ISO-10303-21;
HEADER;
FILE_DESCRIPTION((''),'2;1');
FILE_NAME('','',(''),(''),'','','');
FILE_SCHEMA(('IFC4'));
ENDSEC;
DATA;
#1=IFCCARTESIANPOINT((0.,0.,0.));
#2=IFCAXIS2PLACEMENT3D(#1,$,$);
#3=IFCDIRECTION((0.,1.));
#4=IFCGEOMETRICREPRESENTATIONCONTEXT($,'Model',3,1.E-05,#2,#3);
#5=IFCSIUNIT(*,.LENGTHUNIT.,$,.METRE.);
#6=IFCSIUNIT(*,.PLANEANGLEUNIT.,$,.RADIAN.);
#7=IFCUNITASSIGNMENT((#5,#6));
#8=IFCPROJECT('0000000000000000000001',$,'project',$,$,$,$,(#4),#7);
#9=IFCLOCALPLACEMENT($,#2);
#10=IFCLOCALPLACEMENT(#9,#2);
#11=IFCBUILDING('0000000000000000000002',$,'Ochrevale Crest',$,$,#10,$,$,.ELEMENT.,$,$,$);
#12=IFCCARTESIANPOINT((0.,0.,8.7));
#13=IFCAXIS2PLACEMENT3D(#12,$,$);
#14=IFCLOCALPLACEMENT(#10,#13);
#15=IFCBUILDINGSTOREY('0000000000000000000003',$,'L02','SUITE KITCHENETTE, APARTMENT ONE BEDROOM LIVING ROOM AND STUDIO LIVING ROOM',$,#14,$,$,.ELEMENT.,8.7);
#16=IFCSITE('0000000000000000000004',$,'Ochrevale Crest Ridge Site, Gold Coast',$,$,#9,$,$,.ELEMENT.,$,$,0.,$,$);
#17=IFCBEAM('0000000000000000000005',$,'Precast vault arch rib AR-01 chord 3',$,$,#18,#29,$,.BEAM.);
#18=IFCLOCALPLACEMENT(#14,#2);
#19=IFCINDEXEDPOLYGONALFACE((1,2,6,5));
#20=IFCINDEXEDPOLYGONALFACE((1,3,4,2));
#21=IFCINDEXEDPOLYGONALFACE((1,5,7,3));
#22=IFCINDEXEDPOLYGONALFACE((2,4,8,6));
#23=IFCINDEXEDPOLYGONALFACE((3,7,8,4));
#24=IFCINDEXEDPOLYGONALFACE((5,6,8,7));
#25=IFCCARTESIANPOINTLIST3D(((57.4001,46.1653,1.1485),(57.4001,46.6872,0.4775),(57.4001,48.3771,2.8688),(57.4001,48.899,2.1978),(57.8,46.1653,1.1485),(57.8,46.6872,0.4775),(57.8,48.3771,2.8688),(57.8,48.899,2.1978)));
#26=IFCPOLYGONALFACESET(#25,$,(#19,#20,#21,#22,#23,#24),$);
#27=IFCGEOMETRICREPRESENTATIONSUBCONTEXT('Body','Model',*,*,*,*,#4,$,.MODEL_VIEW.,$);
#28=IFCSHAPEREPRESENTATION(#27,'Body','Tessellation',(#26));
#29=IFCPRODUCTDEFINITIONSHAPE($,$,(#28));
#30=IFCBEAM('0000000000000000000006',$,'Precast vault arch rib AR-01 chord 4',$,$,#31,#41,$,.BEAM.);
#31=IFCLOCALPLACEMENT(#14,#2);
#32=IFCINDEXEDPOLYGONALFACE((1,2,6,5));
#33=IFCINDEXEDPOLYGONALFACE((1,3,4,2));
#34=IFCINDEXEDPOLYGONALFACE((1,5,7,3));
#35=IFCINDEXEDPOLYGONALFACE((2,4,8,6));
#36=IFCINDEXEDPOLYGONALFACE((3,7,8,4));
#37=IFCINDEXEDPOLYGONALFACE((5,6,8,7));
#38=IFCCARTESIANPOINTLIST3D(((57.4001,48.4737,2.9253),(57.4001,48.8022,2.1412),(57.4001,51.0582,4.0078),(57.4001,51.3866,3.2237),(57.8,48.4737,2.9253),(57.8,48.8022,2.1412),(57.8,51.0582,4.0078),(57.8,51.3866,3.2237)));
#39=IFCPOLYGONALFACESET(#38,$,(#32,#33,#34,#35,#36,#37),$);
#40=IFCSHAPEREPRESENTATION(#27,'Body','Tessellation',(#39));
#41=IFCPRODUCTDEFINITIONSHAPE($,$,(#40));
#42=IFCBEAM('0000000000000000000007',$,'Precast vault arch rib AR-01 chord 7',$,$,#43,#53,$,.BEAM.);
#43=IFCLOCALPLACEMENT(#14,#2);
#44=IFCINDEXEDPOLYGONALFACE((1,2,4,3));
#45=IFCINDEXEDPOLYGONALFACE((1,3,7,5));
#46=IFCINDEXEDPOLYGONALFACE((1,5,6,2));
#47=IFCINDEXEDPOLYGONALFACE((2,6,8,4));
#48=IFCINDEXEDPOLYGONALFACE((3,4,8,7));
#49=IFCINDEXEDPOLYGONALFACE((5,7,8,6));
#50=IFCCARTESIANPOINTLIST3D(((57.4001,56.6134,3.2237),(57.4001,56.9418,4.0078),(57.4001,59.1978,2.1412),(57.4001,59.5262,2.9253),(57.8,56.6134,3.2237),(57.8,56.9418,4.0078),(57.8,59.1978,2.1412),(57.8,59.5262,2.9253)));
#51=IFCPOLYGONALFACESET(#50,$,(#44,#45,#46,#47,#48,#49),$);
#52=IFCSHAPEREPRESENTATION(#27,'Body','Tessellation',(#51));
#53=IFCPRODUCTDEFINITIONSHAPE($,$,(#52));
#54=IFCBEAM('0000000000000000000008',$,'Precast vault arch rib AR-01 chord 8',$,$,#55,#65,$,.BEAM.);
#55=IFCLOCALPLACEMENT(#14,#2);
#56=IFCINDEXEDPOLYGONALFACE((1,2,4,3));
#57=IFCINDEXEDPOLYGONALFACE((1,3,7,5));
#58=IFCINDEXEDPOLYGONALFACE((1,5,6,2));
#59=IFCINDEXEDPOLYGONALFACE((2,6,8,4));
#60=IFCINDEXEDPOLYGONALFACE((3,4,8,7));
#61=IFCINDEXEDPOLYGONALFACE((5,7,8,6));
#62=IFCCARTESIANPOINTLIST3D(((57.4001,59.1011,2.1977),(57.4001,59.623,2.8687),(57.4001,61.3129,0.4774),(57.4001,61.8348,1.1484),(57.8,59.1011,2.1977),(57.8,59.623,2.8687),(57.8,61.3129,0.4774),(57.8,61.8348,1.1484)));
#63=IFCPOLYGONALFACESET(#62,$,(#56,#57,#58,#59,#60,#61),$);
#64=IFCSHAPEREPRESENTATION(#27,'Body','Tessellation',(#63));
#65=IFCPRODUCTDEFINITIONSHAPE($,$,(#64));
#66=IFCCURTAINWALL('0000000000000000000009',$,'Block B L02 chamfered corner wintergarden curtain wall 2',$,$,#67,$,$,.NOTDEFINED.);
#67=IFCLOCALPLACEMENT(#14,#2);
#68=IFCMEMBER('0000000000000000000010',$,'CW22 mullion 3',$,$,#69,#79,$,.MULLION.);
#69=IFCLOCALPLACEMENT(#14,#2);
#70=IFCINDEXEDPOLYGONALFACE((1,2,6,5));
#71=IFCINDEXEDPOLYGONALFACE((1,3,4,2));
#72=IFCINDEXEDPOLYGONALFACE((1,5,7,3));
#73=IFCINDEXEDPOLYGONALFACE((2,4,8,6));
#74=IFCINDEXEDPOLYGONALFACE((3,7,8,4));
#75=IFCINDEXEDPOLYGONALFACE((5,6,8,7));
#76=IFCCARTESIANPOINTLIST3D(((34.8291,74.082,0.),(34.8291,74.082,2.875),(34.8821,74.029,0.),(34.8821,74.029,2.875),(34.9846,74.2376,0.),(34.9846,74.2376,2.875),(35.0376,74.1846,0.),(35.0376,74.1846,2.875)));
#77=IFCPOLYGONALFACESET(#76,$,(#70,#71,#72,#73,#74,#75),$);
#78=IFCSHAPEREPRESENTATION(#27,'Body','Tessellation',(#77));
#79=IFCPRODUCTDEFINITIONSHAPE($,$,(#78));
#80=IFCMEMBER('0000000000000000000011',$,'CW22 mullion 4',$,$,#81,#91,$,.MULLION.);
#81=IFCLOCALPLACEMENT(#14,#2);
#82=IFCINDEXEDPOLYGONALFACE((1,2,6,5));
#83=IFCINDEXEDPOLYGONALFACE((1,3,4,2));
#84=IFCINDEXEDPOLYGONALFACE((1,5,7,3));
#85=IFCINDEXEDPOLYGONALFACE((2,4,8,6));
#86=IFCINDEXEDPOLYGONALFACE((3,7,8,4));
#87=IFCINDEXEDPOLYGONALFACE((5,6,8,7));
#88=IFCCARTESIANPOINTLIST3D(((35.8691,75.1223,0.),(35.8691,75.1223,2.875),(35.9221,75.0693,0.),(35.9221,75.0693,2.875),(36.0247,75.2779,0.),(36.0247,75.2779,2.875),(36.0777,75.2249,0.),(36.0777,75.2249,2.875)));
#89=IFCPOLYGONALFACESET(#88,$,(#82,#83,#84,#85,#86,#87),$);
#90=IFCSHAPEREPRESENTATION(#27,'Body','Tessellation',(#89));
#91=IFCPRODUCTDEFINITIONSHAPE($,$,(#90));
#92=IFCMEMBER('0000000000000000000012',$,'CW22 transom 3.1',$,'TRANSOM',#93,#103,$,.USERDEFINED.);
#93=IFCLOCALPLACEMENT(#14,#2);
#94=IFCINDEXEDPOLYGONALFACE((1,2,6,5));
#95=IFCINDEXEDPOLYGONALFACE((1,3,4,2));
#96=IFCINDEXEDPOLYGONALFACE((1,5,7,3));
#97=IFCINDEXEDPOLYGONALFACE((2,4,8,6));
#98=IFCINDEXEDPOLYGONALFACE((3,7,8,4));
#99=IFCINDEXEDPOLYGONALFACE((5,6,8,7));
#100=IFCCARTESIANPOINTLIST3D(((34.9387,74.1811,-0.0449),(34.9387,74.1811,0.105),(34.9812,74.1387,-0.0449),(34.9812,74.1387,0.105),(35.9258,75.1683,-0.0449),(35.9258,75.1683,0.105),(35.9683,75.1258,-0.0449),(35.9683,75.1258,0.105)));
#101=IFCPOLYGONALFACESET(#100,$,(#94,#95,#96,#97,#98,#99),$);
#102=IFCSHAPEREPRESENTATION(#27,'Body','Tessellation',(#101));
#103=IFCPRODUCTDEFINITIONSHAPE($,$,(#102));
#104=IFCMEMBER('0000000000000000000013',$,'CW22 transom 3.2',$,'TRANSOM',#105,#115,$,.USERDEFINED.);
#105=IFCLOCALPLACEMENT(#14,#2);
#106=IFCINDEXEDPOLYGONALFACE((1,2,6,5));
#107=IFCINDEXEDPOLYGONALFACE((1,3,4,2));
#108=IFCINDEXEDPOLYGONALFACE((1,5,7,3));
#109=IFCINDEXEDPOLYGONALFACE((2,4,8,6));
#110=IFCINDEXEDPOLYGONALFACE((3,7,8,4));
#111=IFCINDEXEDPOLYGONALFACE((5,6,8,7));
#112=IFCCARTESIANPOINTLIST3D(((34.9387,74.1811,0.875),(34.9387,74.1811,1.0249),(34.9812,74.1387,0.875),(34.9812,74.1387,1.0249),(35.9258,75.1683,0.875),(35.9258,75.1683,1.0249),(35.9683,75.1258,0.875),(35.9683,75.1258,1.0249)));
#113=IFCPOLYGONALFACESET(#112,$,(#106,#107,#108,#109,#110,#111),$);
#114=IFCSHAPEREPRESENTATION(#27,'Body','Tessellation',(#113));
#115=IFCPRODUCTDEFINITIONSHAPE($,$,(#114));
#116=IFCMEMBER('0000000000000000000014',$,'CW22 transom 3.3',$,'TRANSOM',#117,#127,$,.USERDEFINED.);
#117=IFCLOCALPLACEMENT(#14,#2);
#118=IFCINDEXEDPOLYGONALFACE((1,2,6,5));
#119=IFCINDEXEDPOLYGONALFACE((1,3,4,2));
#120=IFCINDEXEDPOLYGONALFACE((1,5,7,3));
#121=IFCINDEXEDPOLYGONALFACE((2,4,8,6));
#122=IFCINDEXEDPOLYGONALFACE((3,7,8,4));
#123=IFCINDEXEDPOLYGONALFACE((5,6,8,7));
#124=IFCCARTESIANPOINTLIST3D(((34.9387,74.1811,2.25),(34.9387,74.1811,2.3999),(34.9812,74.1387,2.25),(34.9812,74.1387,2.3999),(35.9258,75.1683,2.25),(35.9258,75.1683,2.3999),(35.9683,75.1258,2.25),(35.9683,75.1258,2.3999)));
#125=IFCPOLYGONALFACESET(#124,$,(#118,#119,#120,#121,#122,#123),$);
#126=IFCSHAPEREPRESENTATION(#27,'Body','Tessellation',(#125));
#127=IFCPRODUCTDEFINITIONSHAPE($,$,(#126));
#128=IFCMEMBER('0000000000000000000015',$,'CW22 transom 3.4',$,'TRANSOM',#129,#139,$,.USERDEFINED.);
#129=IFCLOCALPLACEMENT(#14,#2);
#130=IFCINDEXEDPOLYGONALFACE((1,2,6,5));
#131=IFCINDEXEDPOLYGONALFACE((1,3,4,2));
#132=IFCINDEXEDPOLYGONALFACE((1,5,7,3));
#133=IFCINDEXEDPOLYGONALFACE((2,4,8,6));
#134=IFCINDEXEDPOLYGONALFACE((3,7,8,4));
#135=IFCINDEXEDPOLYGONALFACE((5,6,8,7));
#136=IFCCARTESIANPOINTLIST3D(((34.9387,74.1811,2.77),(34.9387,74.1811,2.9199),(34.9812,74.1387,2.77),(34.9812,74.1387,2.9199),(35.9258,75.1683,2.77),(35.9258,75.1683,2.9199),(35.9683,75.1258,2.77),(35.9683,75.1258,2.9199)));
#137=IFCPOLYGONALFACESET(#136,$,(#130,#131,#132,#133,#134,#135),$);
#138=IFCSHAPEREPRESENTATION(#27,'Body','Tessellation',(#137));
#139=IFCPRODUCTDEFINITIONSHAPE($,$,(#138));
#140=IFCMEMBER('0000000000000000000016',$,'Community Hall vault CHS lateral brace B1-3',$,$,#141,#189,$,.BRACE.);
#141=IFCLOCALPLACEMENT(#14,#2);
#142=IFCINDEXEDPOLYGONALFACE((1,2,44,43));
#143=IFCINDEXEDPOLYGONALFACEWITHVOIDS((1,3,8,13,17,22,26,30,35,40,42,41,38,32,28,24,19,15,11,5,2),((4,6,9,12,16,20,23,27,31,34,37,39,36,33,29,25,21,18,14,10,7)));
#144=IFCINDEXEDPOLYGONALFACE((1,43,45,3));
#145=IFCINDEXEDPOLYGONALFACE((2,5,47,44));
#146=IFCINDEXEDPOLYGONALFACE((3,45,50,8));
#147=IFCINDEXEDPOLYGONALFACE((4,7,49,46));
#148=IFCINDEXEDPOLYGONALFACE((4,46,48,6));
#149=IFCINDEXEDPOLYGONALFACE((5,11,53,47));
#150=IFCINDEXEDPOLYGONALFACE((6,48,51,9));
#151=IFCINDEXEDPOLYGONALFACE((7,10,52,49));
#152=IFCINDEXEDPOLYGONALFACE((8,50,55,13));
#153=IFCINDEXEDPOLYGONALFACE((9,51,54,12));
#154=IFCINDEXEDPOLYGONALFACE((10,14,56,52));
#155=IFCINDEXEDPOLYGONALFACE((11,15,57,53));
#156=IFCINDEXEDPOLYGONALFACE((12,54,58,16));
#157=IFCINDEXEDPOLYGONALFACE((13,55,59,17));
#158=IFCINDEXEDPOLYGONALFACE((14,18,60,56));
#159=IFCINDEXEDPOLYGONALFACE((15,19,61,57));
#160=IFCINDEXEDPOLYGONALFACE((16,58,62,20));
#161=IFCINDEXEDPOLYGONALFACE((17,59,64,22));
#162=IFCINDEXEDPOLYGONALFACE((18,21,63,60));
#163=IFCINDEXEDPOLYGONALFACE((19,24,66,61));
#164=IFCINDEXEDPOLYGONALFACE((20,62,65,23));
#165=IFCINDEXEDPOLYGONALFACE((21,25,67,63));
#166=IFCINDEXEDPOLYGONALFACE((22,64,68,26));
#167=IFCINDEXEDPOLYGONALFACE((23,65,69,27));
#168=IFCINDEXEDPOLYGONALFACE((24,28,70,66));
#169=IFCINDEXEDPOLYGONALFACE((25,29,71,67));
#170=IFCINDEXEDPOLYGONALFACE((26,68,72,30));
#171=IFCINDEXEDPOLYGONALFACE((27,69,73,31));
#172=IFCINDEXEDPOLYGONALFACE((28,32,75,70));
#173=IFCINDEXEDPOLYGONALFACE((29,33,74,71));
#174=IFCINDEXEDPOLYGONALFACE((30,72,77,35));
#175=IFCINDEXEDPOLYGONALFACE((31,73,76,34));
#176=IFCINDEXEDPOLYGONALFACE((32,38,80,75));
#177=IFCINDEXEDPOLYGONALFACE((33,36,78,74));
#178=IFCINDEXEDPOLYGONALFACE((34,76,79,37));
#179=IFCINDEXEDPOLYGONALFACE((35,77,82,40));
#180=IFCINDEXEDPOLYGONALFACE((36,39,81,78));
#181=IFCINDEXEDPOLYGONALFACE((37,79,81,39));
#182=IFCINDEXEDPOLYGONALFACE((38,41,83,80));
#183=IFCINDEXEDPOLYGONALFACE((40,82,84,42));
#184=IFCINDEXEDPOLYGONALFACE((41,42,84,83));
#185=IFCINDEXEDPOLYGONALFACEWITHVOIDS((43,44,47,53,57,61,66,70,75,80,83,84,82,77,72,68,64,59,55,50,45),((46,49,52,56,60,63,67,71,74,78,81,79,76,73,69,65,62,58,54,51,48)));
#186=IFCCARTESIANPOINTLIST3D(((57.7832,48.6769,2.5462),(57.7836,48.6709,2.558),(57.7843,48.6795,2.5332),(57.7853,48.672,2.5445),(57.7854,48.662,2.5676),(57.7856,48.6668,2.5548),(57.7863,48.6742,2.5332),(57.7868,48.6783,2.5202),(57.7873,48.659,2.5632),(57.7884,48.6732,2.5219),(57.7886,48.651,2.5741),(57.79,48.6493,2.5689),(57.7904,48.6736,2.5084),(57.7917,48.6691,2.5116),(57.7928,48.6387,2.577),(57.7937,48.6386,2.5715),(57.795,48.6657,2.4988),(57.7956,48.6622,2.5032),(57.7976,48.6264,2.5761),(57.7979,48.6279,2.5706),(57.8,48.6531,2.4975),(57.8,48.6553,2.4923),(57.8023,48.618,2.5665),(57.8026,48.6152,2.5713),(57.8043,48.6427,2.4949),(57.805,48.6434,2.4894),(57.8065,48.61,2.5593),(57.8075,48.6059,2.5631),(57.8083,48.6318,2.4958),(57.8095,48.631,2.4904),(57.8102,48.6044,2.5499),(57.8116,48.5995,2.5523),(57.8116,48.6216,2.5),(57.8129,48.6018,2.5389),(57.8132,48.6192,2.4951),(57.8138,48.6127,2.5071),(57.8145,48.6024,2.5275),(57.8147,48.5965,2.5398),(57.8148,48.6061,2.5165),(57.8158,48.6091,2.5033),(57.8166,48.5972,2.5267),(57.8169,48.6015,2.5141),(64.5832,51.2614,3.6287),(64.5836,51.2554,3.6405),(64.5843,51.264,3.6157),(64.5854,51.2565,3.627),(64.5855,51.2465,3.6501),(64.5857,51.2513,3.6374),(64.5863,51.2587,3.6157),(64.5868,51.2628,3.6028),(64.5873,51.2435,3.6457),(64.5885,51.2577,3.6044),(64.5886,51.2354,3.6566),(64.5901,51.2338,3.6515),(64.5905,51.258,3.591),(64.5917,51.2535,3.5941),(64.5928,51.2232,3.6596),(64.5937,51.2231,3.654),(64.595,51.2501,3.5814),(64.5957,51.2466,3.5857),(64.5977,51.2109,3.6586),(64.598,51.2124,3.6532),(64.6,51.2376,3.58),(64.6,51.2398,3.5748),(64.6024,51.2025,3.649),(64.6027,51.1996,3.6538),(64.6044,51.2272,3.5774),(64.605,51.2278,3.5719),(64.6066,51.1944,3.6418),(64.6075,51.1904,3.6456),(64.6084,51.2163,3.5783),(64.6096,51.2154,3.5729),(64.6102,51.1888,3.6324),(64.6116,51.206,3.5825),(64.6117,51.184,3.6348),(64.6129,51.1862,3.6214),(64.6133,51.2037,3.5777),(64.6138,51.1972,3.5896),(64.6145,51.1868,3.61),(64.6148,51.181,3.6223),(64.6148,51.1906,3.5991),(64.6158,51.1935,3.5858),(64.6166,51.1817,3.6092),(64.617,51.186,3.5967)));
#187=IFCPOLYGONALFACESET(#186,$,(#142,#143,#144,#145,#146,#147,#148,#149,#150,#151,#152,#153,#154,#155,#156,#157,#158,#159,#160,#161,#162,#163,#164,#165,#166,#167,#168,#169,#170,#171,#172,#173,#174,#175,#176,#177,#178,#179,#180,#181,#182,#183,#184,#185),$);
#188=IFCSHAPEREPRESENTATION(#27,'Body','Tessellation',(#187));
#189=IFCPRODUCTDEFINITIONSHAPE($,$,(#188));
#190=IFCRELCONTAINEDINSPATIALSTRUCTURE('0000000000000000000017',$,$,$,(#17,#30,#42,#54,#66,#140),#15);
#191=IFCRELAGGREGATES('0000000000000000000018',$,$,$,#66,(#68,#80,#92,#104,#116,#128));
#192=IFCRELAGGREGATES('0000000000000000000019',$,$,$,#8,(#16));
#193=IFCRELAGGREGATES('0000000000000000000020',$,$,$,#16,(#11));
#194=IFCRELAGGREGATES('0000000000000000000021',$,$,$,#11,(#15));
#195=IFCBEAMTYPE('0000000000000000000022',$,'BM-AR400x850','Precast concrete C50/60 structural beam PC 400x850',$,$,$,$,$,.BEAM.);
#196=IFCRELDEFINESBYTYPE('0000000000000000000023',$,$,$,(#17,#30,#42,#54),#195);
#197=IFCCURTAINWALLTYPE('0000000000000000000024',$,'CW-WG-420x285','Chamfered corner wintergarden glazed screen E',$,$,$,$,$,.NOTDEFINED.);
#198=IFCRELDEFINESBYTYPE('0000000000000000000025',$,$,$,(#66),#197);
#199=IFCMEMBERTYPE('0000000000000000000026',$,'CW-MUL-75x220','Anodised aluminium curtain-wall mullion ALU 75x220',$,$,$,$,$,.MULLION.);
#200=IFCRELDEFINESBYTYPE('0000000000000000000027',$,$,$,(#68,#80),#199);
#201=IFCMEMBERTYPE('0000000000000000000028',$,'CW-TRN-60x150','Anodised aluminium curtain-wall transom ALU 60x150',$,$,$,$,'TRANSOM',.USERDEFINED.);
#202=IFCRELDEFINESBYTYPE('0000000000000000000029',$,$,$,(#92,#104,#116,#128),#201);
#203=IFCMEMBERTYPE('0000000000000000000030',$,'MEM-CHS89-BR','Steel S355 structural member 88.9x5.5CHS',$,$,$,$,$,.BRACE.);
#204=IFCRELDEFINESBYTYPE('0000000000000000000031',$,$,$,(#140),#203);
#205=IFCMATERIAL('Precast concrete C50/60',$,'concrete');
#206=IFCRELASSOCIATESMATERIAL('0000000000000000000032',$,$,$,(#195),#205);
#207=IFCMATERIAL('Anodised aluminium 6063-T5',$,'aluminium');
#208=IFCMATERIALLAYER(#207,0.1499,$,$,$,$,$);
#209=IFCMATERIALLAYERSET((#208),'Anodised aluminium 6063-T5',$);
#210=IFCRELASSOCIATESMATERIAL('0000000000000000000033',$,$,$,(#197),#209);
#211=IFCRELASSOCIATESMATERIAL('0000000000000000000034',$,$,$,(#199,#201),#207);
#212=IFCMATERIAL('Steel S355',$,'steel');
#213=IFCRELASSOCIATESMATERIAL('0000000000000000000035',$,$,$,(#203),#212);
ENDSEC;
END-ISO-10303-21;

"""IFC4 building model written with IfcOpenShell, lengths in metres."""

from ifc_helpers import new_model, si_unit, direction, frame, origin, origin_2d, place, context, subcontext, project, spatial, rectangle, hollow_circle, extrude, material, layer, layer_set, material_profile, profile_set, type_object, element, aggregate, save


model = new_model("IFC4")

# Units and contexts
model_context = context("Model", 3, precision=1e-05, world=origin(), true_north=direction((0.0, 1.0)))
body_context = subcontext(model_context, "Body", "Model", "MODEL_VIEW")
ifc_project = project(units=[si_unit("LENGTHUNIT", "METRE"), si_unit("PLANEANGLEUNIT", "RADIAN")], contexts=[model_context])

# Site, building, storey
site_placement = place(None, origin())
site = spatial("IfcSite", under=ifc_project, at=site_placement, Name="Ochrevale Crest Ridge Site, Gold Coast", CompositionType="ELEMENT", RefElevation=0.0)
building_placement = place(site_placement, origin())
building = spatial("IfcBuilding", under=site, at=building_placement, Name="Ochrevale Crest", CompositionType="ELEMENT")
storey_placement = place(building_placement, frame((0.0, 0.0, 8.7)))
storey = spatial("IfcBuildingStorey", under=building, at=storey_placement, Name="L02", Description="SUITE KITCHENETTE, APARTMENT ONE BEDROOM LIVING ROOM AND STUDIO LIVING ROOM", CompositionType="ELEMENT", Elevation=8.7)

# Beams
ifc_material_1 = material(Name="Precast concrete C50/60", Category="concrete")
ifc_material_profile_1 = material_profile(ifc_material_1, rectangle(XDim=0.3999, YDim=0.8501, at=origin_2d()), Name="PC 400x850")
ifc_profile_set_1 = profile_set([ifc_material_profile_1], Name="Precast concrete C50/60")
beam_type = type_object("IfcBeamType", Name="BM-AR400x850", Description="Precast concrete C50/60 structural beam PC 400x850", PredefinedType="BEAM", material=ifc_profile_set_1)
for number, where, z_axis, x_axis, name in (
    (1, (57.6001, 46.4263, 0.813), (0.0, 0.789348, 0.613947), (-1.0, 0.0, 0.0), "Precast vault arch rib AR-01 chord 3"),
    (2, (57.6001, 48.6379, 2.5332), (0.0, 0.922359, 0.386335), (-1.0, 0.0, 0.0), "Precast vault arch rib AR-01 chord 4"),
    (3, (57.6001, 56.7776, 3.6157), (0.0, 0.922359, -0.386335), (-1.0, 0.0, 0.0), "Precast vault arch rib AR-01 chord 7"),
    (4, (57.6001, 59.3621, 2.5332), (0.0, 0.789348, -0.613947), (-1.0, 0.0, 0.0), "Precast vault arch rib AR-01 chord 8"),
):
    element("IfcBeam", number, at=place(storey_placement, frame(where, z_axis=z_axis, x_axis=x_axis)), inside=storey, type_object=beam_type, Name=name, PredefinedType="BEAM", context=body_context, shape_type="SweptSolid", body=[
        extrude(rectangle(XDim=0.3999, YDim=0.8501, at=origin_2d()), origin(), (0.0, 0.0, 1.0), 2.802),
    ])

# Curtain wall, members
ifc_material_2 = material(Name="Anodised aluminium 6063-T5", Category="aluminium")
ifc_layer_1 = layer(ifc_material_2, 0.1499)
ifc_layer_set_1 = layer_set([ifc_layer_1], Name="Anodised aluminium 6063-T5")
curtain_wall_type = type_object("IfcCurtainWallType", Name="CW-WG-420x285", Description="Chamfered corner wintergarden glazed screen E", PredefinedType="NOTDEFINED", material=ifc_layer_set_1)
curtain_wall_placement = place(storey_placement, origin())
curtain_wall = element("IfcCurtainWall", 5, at=curtain_wall_placement, inside=storey, type_object=curtain_wall_type, Name="Block B L02 chamfered corner wintergarden curtain wall 2", PredefinedType="NOTDEFINED")
ifc_material_profile_2 = material_profile(ifc_material_2, rectangle(XDim=0.075, YDim=0.22, at=origin_2d()), Name="ALU 75x220")
ifc_profile_set_2 = profile_set([ifc_material_profile_2], Name="Anodised aluminium 6063-T5")
member_type_1 = type_object("IfcMemberType", Name="CW-MUL-75x220", Description="Anodised aluminium curtain-wall mullion ALU 75x220", PredefinedType="MULLION", material=ifc_profile_set_2)
member_1_placement = place(storey_placement, frame((34.9333, 74.1333, 0.0), z_axis=(0.0, 0.0, 1.0), x_axis=(-0.707107, 0.707107, 0.0)))
member_1 = element("IfcMember", 6, at=member_1_placement, type_object=member_type_1, Name="CW22 mullion 3", PredefinedType="MULLION", context=body_context, shape_type="SweptSolid", body=[
    extrude(rectangle(XDim=0.075, YDim=0.22, at=origin_2d()), origin(), (0.0, 0.0, 1.0), 2.875),
])
member_2_placement = place(storey_placement, frame((35.9734, 75.1736, 0.0), z_axis=(0.0, 0.0, 1.0), x_axis=(-0.707107, 0.707107, 0.0)))
member_2 = element("IfcMember", 7, at=member_2_placement, type_object=member_type_1, Name="CW22 mullion 4", PredefinedType="MULLION", context=body_context, shape_type="SweptSolid", body=[
    extrude(rectangle(XDim=0.075, YDim=0.22, at=origin_2d()), origin(), (0.0, 0.0, 1.0), 2.875),
])
ifc_material_profile_3 = material_profile(ifc_material_2, rectangle(XDim=0.0601, YDim=0.1499, at=origin_2d()), Name="ALU 60x150")
ifc_profile_set_3 = profile_set([ifc_material_profile_3], Name="Anodised aluminium 6063-T5")
member_type_2 = type_object("IfcMemberType", Name="CW-TRN-60x150", Description="Anodised aluminium curtain-wall transom ALU 60x150", ElementType="TRANSOM", PredefinedType="USERDEFINED", material=ifc_profile_set_3)
member_3_placement = place(storey_placement, frame((34.96, 74.1599, 0.03), z_axis=(0.707107, 0.707107, 0.0), x_axis=(-0.707107, 0.707107, 0.0)))
member_3 = element("IfcMember", 8, at=member_3_placement, type_object=member_type_2, Name="CW22 transom 3.1", ObjectType="TRANSOM", PredefinedType="USERDEFINED", context=body_context, shape_type="SweptSolid", body=[
    extrude(rectangle(XDim=0.0601, YDim=0.1499, at=origin_2d()), origin(), (0.0, 0.0, 1.0), 1.396),
])
member_4_placement = place(storey_placement, frame((34.96, 74.1599, 0.95), z_axis=(0.707107, 0.707107, 0.0), x_axis=(-0.707107, 0.707107, 0.0)))
member_4 = element("IfcMember", 9, at=member_4_placement, type_object=member_type_2, Name="CW22 transom 3.2", ObjectType="TRANSOM", PredefinedType="USERDEFINED", context=body_context, shape_type="SweptSolid", body=[
    extrude(rectangle(XDim=0.0601, YDim=0.1499, at=origin_2d()), origin(), (0.0, 0.0, 1.0), 1.396),
])
member_5_placement = place(storey_placement, frame((34.96, 74.1599, 2.325), z_axis=(0.707107, 0.707107, 0.0), x_axis=(-0.707107, 0.707107, 0.0)))
member_5 = element("IfcMember", 10, at=member_5_placement, type_object=member_type_2, Name="CW22 transom 3.3", ObjectType="TRANSOM", PredefinedType="USERDEFINED", context=body_context, shape_type="SweptSolid", body=[
    extrude(rectangle(XDim=0.0601, YDim=0.1499, at=origin_2d()), origin(), (0.0, 0.0, 1.0), 1.396),
])
member_6_placement = place(storey_placement, frame((34.96, 74.1599, 2.845), z_axis=(0.707107, 0.707107, 0.0), x_axis=(-0.707107, 0.707107, 0.0)))
member_6 = element("IfcMember", 11, at=member_6_placement, type_object=member_type_2, Name="CW22 transom 3.4", ObjectType="TRANSOM", PredefinedType="USERDEFINED", context=body_context, shape_type="SweptSolid", body=[
    extrude(rectangle(XDim=0.0601, YDim=0.1499, at=origin_2d()), origin(), (0.0, 0.0, 1.0), 1.396),
])

# Member
ifc_material_3 = material(Name="Steel S355", Category="steel")
ifc_material_profile_4 = material_profile(ifc_material_3, hollow_circle(Radius=0.0444, WallThickness=0.0056, at=origin_2d()), Name="88.9x5.5CHS")
ifc_profile_set_4 = profile_set([ifc_material_profile_4], Name="Steel S355")
member_type_3 = type_object("IfcMemberType", Name="MEM-CHS89-BR", Description="Steel S355 structural member 88.9x5.5CHS", PredefinedType="BRACE", material=ifc_profile_set_4)
member_7_placement = place(storey_placement, frame((57.8, 48.6379, 2.5332), z_axis=(0.924582, 0.351403, 0.147187), x_axis=(-0.355272, 0.934763, 0.0)))
element("IfcMember", 12, at=member_7_placement, inside=storey, type_object=member_type_3, Name="Community Hall vault CHS lateral brace B1-3", PredefinedType="BRACE", context=body_context, shape_type="SweptSolid", body=[
    extrude(hollow_circle(Radius=0.0444, WallThickness=0.0056, at=origin_2d()), origin(), (0.0, 0.0, 1.0), 7.3547),
])

aggregate(curtain_wall, [member_1, member_2, member_3, member_4, member_5, member_6])

save(model, "model.ifc")
